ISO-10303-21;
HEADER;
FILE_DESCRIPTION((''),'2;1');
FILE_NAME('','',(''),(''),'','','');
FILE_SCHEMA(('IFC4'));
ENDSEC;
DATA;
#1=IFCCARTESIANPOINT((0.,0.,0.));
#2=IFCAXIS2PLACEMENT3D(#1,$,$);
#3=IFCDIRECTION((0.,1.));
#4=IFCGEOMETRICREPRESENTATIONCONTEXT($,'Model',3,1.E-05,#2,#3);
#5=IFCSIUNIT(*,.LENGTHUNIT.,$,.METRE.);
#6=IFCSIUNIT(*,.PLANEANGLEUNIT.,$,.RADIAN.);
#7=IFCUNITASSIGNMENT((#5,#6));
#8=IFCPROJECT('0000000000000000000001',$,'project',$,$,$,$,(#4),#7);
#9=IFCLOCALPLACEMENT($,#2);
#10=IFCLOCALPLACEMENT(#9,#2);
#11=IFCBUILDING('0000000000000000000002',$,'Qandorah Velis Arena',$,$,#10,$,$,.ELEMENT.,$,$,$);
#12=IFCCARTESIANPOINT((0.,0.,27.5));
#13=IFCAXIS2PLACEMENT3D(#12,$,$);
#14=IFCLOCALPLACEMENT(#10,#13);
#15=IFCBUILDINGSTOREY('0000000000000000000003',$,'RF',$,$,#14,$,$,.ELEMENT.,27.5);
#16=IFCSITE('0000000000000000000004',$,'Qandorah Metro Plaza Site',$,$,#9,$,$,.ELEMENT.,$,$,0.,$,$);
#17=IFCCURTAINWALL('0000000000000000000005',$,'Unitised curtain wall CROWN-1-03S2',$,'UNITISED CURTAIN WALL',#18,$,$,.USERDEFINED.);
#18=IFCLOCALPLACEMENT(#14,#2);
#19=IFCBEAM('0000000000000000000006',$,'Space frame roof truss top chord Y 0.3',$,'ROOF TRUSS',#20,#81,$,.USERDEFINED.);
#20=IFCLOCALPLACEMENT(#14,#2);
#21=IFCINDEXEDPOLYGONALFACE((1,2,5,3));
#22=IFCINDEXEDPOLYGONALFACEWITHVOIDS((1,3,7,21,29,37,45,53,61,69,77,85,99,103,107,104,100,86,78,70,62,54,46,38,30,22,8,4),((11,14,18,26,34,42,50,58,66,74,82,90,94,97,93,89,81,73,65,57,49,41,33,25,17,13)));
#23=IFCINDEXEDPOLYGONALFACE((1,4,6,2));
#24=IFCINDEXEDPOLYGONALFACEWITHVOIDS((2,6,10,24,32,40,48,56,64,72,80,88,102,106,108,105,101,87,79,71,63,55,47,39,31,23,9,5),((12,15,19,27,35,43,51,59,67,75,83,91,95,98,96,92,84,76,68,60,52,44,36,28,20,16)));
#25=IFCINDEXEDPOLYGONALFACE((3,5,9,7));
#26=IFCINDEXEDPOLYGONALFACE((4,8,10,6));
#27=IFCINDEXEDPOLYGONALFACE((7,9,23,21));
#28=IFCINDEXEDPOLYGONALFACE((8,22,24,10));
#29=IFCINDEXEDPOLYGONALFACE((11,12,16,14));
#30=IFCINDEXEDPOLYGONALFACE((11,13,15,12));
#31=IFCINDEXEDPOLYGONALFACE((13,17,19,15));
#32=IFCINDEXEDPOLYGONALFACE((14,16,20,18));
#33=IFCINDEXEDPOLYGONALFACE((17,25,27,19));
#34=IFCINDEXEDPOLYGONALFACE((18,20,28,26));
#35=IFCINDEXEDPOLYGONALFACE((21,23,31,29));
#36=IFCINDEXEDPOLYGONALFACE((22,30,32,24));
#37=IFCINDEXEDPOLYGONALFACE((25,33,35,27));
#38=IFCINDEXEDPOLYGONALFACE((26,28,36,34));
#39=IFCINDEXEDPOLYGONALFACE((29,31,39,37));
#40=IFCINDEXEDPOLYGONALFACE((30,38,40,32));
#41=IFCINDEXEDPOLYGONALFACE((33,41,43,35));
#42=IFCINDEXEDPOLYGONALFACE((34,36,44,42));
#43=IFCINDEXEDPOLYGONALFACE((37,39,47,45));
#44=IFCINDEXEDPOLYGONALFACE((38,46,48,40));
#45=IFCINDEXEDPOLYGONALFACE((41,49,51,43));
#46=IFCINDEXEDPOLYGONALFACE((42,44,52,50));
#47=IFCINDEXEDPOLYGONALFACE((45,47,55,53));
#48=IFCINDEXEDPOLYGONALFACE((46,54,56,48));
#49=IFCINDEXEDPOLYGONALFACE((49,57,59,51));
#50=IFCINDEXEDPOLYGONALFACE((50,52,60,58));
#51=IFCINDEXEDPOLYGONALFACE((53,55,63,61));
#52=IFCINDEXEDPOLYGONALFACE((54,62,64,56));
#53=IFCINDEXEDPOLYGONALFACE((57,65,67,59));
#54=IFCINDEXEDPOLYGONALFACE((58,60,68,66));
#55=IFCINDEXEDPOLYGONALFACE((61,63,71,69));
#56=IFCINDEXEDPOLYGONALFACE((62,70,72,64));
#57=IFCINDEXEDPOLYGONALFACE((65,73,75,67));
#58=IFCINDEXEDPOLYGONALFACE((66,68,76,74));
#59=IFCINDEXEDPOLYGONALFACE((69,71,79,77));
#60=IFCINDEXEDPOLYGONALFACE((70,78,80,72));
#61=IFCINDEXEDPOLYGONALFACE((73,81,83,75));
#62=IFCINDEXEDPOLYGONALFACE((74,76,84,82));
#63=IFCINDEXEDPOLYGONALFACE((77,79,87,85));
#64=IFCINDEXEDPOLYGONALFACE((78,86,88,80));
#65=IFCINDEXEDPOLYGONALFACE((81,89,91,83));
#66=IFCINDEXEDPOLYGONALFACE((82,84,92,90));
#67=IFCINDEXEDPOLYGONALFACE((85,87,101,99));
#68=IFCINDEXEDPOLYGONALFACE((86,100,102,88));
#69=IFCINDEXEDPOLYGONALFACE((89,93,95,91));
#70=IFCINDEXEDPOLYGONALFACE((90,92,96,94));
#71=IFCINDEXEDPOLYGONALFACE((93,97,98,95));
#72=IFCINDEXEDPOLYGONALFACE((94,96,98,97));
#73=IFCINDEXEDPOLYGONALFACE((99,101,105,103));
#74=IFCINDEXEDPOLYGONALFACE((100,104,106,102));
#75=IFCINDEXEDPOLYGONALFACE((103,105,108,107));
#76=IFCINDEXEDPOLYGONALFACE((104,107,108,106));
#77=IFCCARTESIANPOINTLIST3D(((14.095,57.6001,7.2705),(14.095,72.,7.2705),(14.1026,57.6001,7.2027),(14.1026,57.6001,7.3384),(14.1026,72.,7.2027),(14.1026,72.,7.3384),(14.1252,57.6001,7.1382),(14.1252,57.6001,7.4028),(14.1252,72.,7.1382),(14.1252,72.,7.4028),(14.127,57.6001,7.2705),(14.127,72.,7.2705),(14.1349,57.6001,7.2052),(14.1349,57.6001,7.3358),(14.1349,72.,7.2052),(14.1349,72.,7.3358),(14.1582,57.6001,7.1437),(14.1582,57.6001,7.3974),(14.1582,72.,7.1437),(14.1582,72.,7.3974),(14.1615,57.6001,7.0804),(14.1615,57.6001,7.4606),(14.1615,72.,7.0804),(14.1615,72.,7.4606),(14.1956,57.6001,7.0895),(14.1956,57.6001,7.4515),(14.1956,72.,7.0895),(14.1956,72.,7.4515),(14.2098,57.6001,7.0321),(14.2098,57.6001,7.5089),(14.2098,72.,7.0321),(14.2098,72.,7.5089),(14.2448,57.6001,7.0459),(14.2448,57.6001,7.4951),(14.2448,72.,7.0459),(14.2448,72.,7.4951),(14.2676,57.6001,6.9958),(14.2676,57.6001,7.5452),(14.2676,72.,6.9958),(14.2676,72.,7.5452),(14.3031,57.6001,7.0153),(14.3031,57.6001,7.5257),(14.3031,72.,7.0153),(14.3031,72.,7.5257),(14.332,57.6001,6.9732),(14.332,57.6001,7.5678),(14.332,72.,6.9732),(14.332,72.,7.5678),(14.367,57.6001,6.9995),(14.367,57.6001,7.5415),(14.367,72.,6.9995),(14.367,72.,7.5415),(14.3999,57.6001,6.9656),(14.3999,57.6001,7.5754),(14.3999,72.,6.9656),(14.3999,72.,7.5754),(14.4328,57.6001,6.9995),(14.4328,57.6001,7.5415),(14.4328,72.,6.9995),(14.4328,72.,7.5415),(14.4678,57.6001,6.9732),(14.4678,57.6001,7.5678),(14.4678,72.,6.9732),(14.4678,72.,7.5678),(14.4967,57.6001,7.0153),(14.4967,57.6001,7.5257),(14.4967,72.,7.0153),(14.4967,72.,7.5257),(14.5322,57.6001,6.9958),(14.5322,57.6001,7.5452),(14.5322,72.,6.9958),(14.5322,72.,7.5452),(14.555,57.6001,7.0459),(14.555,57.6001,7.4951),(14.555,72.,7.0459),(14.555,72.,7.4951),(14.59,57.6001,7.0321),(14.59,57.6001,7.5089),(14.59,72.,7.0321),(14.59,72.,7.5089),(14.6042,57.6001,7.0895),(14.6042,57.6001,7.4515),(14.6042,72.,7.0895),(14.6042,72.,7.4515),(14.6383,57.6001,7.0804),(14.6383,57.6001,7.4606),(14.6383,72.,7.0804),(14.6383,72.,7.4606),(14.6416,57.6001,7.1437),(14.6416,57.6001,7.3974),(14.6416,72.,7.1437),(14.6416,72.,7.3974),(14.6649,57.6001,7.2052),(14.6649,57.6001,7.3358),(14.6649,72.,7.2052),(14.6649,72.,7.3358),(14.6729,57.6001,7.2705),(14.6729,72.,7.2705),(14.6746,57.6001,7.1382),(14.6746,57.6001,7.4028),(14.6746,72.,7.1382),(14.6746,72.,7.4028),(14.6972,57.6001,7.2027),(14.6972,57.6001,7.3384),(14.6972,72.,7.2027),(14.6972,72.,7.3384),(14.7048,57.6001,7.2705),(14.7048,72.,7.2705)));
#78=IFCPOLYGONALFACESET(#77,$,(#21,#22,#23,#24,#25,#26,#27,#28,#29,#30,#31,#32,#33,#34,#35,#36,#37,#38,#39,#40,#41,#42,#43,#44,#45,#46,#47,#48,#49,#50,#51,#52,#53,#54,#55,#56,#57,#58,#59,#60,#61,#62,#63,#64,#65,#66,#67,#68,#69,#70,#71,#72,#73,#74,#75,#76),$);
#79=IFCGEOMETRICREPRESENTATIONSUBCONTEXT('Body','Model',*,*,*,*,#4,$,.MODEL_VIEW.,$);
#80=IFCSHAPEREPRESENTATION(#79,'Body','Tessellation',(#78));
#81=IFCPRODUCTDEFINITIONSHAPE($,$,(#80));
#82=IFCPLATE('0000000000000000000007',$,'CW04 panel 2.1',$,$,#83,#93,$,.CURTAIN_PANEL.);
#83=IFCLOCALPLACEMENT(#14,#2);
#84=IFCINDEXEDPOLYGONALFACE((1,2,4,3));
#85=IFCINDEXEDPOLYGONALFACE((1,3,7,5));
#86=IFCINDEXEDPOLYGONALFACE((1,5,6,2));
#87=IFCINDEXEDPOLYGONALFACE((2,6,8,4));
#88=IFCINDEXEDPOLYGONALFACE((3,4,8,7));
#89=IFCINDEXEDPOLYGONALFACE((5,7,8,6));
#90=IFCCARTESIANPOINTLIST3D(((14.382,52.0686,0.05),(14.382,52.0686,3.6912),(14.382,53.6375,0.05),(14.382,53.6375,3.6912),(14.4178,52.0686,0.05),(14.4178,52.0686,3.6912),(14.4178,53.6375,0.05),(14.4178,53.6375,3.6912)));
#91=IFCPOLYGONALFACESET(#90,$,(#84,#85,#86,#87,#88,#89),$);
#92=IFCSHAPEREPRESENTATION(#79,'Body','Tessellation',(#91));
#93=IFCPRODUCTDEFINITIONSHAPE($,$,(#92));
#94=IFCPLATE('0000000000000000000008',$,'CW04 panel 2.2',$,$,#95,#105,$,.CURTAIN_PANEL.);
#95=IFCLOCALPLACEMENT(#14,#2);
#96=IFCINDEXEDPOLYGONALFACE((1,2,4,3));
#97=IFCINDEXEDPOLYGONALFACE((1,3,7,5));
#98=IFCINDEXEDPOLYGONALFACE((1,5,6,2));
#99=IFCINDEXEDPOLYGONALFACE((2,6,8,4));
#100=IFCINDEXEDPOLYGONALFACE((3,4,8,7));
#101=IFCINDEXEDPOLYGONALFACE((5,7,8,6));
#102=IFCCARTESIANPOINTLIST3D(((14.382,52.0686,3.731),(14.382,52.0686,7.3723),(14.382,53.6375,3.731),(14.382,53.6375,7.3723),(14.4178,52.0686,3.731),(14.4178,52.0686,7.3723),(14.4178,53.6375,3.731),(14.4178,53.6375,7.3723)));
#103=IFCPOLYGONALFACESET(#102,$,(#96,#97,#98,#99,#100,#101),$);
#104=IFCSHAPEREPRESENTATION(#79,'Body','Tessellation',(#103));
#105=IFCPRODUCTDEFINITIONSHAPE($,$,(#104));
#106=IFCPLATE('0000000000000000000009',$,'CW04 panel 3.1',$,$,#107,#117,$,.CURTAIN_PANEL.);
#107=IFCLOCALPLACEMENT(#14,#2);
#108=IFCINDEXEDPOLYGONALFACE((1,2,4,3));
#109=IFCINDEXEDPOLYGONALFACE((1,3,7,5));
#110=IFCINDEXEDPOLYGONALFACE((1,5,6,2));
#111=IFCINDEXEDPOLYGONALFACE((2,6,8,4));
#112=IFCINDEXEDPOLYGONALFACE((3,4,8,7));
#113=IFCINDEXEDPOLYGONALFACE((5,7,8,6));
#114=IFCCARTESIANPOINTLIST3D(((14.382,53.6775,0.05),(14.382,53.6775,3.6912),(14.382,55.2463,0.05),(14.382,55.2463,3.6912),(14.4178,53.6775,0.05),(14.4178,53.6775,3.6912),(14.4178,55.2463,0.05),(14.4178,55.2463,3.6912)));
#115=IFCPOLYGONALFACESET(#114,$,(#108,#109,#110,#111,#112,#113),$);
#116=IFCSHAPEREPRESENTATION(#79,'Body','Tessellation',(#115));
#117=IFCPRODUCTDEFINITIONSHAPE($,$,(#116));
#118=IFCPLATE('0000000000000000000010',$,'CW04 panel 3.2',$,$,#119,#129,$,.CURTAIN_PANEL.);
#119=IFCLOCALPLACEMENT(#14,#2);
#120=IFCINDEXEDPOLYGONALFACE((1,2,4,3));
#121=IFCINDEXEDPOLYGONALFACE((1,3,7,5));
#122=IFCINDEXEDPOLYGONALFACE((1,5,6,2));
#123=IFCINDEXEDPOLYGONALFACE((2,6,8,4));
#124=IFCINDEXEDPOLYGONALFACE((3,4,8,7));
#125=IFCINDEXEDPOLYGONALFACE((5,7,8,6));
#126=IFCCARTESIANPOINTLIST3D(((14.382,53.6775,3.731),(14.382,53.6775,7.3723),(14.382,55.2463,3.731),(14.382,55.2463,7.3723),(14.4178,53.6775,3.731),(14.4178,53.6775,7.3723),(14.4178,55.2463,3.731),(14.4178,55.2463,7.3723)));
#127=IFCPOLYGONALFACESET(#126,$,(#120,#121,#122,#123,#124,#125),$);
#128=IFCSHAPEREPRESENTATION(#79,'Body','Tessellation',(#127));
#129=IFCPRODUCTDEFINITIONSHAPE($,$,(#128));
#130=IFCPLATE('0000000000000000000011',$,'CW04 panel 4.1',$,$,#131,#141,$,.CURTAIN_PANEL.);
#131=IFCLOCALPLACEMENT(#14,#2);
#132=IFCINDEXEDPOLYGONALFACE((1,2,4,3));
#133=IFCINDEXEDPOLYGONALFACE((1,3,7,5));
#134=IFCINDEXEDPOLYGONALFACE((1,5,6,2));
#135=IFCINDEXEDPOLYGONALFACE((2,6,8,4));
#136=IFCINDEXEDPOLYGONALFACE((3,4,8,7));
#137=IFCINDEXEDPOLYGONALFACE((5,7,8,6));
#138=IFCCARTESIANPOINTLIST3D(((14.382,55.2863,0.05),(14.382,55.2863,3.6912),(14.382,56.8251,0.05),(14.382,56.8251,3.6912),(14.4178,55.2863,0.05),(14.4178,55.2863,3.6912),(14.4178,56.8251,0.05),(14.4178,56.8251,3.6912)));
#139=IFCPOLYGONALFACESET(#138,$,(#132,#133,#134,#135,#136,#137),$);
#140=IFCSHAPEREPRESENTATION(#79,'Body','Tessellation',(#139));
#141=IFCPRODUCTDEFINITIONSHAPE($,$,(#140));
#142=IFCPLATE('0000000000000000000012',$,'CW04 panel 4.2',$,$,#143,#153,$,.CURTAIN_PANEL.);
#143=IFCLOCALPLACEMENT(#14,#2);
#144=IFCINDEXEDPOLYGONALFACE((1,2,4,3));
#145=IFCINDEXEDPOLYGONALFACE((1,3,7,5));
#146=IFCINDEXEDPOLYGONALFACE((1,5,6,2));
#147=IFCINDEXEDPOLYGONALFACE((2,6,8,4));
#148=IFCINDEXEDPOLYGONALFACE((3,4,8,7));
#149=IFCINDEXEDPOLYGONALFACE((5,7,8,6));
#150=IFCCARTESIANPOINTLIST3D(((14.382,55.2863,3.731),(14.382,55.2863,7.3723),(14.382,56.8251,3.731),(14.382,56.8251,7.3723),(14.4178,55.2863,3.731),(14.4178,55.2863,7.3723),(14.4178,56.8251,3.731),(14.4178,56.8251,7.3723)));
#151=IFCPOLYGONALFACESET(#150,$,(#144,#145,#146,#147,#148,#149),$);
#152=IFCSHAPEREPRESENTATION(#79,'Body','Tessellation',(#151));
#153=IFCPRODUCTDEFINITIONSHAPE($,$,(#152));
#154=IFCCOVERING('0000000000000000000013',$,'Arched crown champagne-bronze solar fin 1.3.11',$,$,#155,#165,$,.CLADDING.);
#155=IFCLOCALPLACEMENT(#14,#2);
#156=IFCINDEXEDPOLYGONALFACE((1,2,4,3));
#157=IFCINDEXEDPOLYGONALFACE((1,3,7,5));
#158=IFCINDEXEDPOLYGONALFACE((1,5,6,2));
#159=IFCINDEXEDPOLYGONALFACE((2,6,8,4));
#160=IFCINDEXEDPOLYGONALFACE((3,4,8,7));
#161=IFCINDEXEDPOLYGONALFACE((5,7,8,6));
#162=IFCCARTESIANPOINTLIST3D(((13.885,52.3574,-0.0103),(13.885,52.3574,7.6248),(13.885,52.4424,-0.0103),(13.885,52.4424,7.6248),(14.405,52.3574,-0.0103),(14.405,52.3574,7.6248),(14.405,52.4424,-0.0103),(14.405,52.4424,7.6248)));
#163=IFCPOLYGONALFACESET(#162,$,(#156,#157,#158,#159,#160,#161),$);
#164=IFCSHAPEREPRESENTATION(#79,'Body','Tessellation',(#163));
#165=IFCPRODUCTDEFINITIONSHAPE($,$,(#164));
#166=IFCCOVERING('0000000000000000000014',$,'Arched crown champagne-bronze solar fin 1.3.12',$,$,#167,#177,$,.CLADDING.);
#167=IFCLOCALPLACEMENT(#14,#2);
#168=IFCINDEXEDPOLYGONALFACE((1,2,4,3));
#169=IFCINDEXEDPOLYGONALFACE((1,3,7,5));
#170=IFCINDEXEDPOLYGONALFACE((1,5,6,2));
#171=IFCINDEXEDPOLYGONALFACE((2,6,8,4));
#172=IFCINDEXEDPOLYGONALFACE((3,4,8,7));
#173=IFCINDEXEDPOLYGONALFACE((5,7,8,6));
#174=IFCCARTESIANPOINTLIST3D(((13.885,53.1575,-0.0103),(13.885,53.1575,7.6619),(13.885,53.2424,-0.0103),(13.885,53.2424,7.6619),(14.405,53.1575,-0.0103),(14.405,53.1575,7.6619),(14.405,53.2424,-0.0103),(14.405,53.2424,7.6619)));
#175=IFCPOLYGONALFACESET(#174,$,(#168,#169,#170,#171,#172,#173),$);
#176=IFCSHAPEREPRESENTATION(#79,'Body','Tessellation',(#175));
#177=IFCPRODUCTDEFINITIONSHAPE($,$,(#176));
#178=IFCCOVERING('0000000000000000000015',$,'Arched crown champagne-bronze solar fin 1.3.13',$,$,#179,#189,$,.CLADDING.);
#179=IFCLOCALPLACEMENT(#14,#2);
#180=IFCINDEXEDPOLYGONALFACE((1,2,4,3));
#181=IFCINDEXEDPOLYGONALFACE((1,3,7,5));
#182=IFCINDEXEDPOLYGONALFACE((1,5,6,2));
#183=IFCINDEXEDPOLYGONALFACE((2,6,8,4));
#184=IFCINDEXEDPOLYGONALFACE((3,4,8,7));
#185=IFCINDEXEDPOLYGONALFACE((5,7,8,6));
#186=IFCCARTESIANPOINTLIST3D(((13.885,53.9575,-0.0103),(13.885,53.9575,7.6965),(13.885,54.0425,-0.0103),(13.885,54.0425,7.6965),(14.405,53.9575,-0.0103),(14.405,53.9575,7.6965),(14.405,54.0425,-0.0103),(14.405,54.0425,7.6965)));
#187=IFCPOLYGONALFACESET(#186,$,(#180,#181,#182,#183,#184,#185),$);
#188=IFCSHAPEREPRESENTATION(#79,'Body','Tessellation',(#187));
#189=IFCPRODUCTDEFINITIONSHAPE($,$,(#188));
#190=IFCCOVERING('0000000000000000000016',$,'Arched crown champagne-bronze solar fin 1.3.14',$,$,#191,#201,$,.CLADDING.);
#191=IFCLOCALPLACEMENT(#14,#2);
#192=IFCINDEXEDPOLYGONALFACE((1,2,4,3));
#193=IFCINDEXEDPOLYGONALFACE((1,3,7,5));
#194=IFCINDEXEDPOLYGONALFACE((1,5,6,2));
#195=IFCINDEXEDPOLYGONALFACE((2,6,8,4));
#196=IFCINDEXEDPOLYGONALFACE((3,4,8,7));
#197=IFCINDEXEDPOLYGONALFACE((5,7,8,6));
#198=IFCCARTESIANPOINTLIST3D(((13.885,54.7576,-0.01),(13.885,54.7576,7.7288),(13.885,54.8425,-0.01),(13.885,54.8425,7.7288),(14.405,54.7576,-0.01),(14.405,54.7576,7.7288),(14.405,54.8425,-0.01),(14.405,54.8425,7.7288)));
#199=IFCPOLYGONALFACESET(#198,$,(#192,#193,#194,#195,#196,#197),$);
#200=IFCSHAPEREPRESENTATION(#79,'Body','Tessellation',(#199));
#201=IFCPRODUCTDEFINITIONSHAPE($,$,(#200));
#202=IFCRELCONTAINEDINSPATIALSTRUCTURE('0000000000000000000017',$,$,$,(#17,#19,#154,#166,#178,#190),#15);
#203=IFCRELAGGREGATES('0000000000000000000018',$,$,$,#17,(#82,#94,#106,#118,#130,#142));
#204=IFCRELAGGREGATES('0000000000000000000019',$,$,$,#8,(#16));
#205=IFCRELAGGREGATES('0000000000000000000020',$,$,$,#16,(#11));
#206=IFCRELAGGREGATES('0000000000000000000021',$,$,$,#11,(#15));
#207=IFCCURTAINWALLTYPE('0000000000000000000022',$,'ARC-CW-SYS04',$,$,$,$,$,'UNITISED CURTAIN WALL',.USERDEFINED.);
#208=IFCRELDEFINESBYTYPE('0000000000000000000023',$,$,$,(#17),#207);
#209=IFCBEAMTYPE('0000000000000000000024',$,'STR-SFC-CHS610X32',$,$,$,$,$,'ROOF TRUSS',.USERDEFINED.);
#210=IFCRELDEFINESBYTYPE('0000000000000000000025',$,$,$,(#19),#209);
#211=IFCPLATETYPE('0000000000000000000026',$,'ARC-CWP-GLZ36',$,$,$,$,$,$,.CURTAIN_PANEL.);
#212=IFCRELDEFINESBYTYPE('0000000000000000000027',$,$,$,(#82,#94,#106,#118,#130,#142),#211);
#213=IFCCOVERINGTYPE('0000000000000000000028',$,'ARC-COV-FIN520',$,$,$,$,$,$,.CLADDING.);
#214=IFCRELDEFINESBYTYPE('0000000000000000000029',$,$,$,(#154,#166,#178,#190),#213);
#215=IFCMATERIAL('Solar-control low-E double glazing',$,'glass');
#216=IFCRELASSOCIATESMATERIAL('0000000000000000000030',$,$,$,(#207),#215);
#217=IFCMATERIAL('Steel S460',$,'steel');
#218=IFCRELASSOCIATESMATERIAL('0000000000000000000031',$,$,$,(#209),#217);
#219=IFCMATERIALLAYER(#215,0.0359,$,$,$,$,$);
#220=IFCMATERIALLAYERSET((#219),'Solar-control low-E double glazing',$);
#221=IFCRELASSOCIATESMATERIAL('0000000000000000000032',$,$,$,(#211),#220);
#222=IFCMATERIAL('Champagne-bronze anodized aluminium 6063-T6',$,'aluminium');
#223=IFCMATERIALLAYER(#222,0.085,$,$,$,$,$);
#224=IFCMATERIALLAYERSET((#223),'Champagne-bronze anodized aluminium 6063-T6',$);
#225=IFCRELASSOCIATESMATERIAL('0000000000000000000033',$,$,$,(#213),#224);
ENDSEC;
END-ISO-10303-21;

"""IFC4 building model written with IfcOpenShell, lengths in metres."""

from ifc_helpers import new_model, si_unit, direction, frame, origin, origin_2d, place, context, subcontext, project, spatial, rectangle, hollow_circle, extrude, material, layer, layer_set, material_profile, profile_set, type_object, element, aggregate, save


model = new_model("IFC4")

# Units and contexts
model_context = context("Model", 3, precision=1e-05, world=origin(), true_north=direction((0.0, 1.0)))
body_context = subcontext(model_context, "Body", "Model", "MODEL_VIEW")
ifc_project = project(units=[si_unit("LENGTHUNIT", "METRE"), si_unit("PLANEANGLEUNIT", "RADIAN")], contexts=[model_context])

# Site, building, storey
site_placement = place(None, origin())
site = spatial("IfcSite", under=ifc_project, at=site_placement, Name="Qandorah Metro Plaza Site", CompositionType="ELEMENT", RefElevation=0.0)
building_placement = place(site_placement, origin())
building = spatial("IfcBuilding", under=site, at=building_placement, Name="Qandorah Velis Arena", CompositionType="ELEMENT")
storey_placement = place(building_placement, frame((0.0, 0.0, 27.5)))
storey = spatial("IfcBuildingStorey", under=building, at=storey_placement, Name="RF", CompositionType="ELEMENT", Elevation=27.5)

# Curtain wall
ifc_material_1 = material(Name="Solar-control low-E double glazing", Category="glass")
curtain_wall_type = type_object("IfcCurtainWallType", Name="ARC-CW-SYS04", ElementType="UNITISED CURTAIN WALL", PredefinedType="USERDEFINED", material=ifc_material_1)
curtain_wall_placement = place(storey_placement, origin())
curtain_wall = element("IfcCurtainWall", 1, at=curtain_wall_placement, inside=storey, type_object=curtain_wall_type, Name="Unitised curtain wall CROWN-1-03S2", ObjectType="UNITISED CURTAIN WALL", PredefinedType="USERDEFINED")
ifc_material_2 = material(Name="Champagne-bronze anodized aluminium 6063-T6", Category="aluminium")

# Beam
ifc_material_3 = material(Name="Steel S460", Category="steel")
ifc_material_profile_1 = material_profile(ifc_material_3, hollow_circle(Radius=0.3049, WallThickness=0.032, at=origin_2d()), Name="CHS 610x32")
ifc_profile_set_1 = profile_set([ifc_material_profile_1], Name="Steel S460")
beam_type_1 = type_object("IfcBeamType", Name="STR-SFC-CHS610X32", ElementType="ROOF TRUSS", PredefinedType="USERDEFINED", material=ifc_profile_set_1)
beam_1_placement = place(storey_placement, frame((14.3999, 57.6001, 7.2705), z_axis=(0.0, 1.0, 0.0), x_axis=(-1.0, 0.0, 0.0)))
element("IfcBeam", 2, at=beam_1_placement, inside=storey, type_object=beam_type_1, Name="Space frame roof truss top chord Y 0.3", ObjectType="ROOF TRUSS", PredefinedType="USERDEFINED", context=body_context, shape_type="SweptSolid", body=[
    extrude(hollow_circle(Radius=0.3049, WallThickness=0.032, at=origin_2d()), origin(), (0.0, 0.0, 1.0), 14.3999),
])

# Plates
ifc_layer_1 = layer(ifc_material_1, 0.0359)
ifc_layer_set_1 = layer_set([ifc_layer_1], Name="Solar-control low-E double glazing")
plate_type = type_object("IfcPlateType", Name="ARC-CWP-GLZ36", PredefinedType="CURTAIN_PANEL", material=ifc_layer_set_1)
plate_1_placement = place(storey_placement, frame((14.3999, 52.853, 0.05), z_axis=(0.0, 0.0, 1.0), x_axis=(0.0, 1.0, 0.0)))
plate_1 = element("IfcPlate", 3, at=plate_1_placement, type_object=plate_type, Name="CW04 panel 2.1", PredefinedType="CURTAIN_PANEL", context=body_context, shape_type="SweptSolid", body=[
    extrude(rectangle(XDim=1.5688, YDim=0.0359, at=origin_2d()), origin(), (0.0, 0.0, 1.0), 3.6411),
])
plate_2_placement = place(storey_placement, frame((14.3999, 52.853, 3.731), z_axis=(0.0, 0.0, 1.0), x_axis=(0.0, 1.0, 0.0)))
plate_2 = element("IfcPlate", 4, at=plate_2_placement, type_object=plate_type, Name="CW04 panel 2.2", PredefinedType="CURTAIN_PANEL", context=body_context, shape_type="SweptSolid", body=[
    extrude(rectangle(XDim=1.5688, YDim=0.0359, at=origin_2d()), origin(), (0.0, 0.0, 1.0), 3.6414),
])
plate_3_placement = place(storey_placement, frame((14.3999, 54.4619, 0.05), z_axis=(0.0, 0.0, 1.0), x_axis=(0.0, 1.0, 0.0)))
plate_3 = element("IfcPlate", 5, at=plate_3_placement, type_object=plate_type, Name="CW04 panel 3.1", PredefinedType="CURTAIN_PANEL", context=body_context, shape_type="SweptSolid", body=[
    extrude(rectangle(XDim=1.5688, YDim=0.0359, at=origin_2d()), origin(), (0.0, 0.0, 1.0), 3.6411),
])
plate_4_placement = place(storey_placement, frame((14.3999, 54.4619, 3.731), z_axis=(0.0, 0.0, 1.0), x_axis=(0.0, 1.0, 0.0)))
plate_4 = element("IfcPlate", 6, at=plate_4_placement, type_object=plate_type, Name="CW04 panel 3.2", PredefinedType="CURTAIN_PANEL", context=body_context, shape_type="SweptSolid", body=[
    extrude(rectangle(XDim=1.5688, YDim=0.0359, at=origin_2d()), origin(), (0.0, 0.0, 1.0), 3.6414),
])
plate_5_placement = place(storey_placement, frame((14.3999, 56.0557, 0.05), z_axis=(0.0, 0.0, 1.0), x_axis=(0.0, 1.0, 0.0)))
plate_5 = element("IfcPlate", 7, at=plate_5_placement, type_object=plate_type, Name="CW04 panel 4.1", PredefinedType="CURTAIN_PANEL", context=body_context, shape_type="SweptSolid", body=[
    extrude(rectangle(XDim=1.5388, YDim=0.0359, at=origin_2d()), origin(), (0.0, 0.0, 1.0), 3.6411),
])
plate_6_placement = place(storey_placement, frame((14.3999, 56.0557, 3.731), z_axis=(0.0, 0.0, 1.0), x_axis=(0.0, 1.0, 0.0)))
plate_6 = element("IfcPlate", 8, at=plate_6_placement, type_object=plate_type, Name="CW04 panel 4.2", PredefinedType="CURTAIN_PANEL", context=body_context, shape_type="SweptSolid", body=[
    extrude(rectangle(XDim=1.5388, YDim=0.0359, at=origin_2d()), origin(), (0.0, 0.0, 1.0), 3.6414),
])
aggregate(curtain_wall, [plate_1, plate_2, plate_3, plate_4, plate_5, plate_6])

# Coverings
ifc_layer_2 = layer(ifc_material_2, 0.085)
ifc_layer_set_2 = layer_set([ifc_layer_2], Name="Champagne-bronze anodized aluminium 6063-T6")
covering_type = type_object("IfcCoveringType", Name="ARC-COV-FIN520", PredefinedType="CLADDING", material=ifc_layer_set_2)
covering_1_placement = place(storey_placement, frame((14.145, 52.3999, -0.0103), z_axis=(0.0, 0.0, 1.0), x_axis=(1.0, 0.0, 0.0)))
element("IfcCovering", 9, at=covering_1_placement, inside=storey, type_object=covering_type, Name="Arched crown champagne-bronze solar fin 1.3.11", PredefinedType="CLADDING", context=body_context, shape_type="SweptSolid", body=[
    extrude(rectangle(XDim=0.52, YDim=0.085, at=origin_2d()), origin(), (0.0, 0.0, 1.0), 7.635),
])
covering_2_placement = place(storey_placement, frame((14.145, 53.2, -0.0103), z_axis=(0.0, 0.0, 1.0), x_axis=(1.0, 0.0, 0.0)))
element("IfcCovering", 10, at=covering_2_placement, inside=storey, type_object=covering_type, Name="Arched crown champagne-bronze solar fin 1.3.12", PredefinedType="CLADDING", context=body_context, shape_type="SweptSolid", body=[
    extrude(rectangle(XDim=0.52, YDim=0.085, at=origin_2d()), origin(), (0.0, 0.0, 1.0), 7.6721),
])
covering_3_placement = place(storey_placement, frame((14.145, 54.0, -0.0103), z_axis=(0.0, 0.0, 1.0), x_axis=(1.0, 0.0, 0.0)))
element("IfcCovering", 11, at=covering_3_placement, inside=storey, type_object=covering_type, Name="Arched crown champagne-bronze solar fin 1.3.13", PredefinedType="CLADDING", context=body_context, shape_type="SweptSolid", body=[
    extrude(rectangle(XDim=0.52, YDim=0.085, at=origin_2d()), origin(), (0.0, 0.0, 1.0), 7.7068),
])
covering_4_placement = place(storey_placement, frame((14.145, 54.8, -0.01), z_axis=(0.0, 0.0, 1.0), x_axis=(1.0, 0.0, 0.0)))
element("IfcCovering", 12, at=covering_4_placement, inside=storey, type_object=covering_type, Name="Arched crown champagne-bronze solar fin 1.3.14", PredefinedType="CLADDING", context=body_context, shape_type="SweptSolid", body=[
    extrude(rectangle(XDim=0.52, YDim=0.085, at=origin_2d()), origin(), (0.0, 0.0, 1.0), 7.7388),
])

save(model, "model.ifc")
